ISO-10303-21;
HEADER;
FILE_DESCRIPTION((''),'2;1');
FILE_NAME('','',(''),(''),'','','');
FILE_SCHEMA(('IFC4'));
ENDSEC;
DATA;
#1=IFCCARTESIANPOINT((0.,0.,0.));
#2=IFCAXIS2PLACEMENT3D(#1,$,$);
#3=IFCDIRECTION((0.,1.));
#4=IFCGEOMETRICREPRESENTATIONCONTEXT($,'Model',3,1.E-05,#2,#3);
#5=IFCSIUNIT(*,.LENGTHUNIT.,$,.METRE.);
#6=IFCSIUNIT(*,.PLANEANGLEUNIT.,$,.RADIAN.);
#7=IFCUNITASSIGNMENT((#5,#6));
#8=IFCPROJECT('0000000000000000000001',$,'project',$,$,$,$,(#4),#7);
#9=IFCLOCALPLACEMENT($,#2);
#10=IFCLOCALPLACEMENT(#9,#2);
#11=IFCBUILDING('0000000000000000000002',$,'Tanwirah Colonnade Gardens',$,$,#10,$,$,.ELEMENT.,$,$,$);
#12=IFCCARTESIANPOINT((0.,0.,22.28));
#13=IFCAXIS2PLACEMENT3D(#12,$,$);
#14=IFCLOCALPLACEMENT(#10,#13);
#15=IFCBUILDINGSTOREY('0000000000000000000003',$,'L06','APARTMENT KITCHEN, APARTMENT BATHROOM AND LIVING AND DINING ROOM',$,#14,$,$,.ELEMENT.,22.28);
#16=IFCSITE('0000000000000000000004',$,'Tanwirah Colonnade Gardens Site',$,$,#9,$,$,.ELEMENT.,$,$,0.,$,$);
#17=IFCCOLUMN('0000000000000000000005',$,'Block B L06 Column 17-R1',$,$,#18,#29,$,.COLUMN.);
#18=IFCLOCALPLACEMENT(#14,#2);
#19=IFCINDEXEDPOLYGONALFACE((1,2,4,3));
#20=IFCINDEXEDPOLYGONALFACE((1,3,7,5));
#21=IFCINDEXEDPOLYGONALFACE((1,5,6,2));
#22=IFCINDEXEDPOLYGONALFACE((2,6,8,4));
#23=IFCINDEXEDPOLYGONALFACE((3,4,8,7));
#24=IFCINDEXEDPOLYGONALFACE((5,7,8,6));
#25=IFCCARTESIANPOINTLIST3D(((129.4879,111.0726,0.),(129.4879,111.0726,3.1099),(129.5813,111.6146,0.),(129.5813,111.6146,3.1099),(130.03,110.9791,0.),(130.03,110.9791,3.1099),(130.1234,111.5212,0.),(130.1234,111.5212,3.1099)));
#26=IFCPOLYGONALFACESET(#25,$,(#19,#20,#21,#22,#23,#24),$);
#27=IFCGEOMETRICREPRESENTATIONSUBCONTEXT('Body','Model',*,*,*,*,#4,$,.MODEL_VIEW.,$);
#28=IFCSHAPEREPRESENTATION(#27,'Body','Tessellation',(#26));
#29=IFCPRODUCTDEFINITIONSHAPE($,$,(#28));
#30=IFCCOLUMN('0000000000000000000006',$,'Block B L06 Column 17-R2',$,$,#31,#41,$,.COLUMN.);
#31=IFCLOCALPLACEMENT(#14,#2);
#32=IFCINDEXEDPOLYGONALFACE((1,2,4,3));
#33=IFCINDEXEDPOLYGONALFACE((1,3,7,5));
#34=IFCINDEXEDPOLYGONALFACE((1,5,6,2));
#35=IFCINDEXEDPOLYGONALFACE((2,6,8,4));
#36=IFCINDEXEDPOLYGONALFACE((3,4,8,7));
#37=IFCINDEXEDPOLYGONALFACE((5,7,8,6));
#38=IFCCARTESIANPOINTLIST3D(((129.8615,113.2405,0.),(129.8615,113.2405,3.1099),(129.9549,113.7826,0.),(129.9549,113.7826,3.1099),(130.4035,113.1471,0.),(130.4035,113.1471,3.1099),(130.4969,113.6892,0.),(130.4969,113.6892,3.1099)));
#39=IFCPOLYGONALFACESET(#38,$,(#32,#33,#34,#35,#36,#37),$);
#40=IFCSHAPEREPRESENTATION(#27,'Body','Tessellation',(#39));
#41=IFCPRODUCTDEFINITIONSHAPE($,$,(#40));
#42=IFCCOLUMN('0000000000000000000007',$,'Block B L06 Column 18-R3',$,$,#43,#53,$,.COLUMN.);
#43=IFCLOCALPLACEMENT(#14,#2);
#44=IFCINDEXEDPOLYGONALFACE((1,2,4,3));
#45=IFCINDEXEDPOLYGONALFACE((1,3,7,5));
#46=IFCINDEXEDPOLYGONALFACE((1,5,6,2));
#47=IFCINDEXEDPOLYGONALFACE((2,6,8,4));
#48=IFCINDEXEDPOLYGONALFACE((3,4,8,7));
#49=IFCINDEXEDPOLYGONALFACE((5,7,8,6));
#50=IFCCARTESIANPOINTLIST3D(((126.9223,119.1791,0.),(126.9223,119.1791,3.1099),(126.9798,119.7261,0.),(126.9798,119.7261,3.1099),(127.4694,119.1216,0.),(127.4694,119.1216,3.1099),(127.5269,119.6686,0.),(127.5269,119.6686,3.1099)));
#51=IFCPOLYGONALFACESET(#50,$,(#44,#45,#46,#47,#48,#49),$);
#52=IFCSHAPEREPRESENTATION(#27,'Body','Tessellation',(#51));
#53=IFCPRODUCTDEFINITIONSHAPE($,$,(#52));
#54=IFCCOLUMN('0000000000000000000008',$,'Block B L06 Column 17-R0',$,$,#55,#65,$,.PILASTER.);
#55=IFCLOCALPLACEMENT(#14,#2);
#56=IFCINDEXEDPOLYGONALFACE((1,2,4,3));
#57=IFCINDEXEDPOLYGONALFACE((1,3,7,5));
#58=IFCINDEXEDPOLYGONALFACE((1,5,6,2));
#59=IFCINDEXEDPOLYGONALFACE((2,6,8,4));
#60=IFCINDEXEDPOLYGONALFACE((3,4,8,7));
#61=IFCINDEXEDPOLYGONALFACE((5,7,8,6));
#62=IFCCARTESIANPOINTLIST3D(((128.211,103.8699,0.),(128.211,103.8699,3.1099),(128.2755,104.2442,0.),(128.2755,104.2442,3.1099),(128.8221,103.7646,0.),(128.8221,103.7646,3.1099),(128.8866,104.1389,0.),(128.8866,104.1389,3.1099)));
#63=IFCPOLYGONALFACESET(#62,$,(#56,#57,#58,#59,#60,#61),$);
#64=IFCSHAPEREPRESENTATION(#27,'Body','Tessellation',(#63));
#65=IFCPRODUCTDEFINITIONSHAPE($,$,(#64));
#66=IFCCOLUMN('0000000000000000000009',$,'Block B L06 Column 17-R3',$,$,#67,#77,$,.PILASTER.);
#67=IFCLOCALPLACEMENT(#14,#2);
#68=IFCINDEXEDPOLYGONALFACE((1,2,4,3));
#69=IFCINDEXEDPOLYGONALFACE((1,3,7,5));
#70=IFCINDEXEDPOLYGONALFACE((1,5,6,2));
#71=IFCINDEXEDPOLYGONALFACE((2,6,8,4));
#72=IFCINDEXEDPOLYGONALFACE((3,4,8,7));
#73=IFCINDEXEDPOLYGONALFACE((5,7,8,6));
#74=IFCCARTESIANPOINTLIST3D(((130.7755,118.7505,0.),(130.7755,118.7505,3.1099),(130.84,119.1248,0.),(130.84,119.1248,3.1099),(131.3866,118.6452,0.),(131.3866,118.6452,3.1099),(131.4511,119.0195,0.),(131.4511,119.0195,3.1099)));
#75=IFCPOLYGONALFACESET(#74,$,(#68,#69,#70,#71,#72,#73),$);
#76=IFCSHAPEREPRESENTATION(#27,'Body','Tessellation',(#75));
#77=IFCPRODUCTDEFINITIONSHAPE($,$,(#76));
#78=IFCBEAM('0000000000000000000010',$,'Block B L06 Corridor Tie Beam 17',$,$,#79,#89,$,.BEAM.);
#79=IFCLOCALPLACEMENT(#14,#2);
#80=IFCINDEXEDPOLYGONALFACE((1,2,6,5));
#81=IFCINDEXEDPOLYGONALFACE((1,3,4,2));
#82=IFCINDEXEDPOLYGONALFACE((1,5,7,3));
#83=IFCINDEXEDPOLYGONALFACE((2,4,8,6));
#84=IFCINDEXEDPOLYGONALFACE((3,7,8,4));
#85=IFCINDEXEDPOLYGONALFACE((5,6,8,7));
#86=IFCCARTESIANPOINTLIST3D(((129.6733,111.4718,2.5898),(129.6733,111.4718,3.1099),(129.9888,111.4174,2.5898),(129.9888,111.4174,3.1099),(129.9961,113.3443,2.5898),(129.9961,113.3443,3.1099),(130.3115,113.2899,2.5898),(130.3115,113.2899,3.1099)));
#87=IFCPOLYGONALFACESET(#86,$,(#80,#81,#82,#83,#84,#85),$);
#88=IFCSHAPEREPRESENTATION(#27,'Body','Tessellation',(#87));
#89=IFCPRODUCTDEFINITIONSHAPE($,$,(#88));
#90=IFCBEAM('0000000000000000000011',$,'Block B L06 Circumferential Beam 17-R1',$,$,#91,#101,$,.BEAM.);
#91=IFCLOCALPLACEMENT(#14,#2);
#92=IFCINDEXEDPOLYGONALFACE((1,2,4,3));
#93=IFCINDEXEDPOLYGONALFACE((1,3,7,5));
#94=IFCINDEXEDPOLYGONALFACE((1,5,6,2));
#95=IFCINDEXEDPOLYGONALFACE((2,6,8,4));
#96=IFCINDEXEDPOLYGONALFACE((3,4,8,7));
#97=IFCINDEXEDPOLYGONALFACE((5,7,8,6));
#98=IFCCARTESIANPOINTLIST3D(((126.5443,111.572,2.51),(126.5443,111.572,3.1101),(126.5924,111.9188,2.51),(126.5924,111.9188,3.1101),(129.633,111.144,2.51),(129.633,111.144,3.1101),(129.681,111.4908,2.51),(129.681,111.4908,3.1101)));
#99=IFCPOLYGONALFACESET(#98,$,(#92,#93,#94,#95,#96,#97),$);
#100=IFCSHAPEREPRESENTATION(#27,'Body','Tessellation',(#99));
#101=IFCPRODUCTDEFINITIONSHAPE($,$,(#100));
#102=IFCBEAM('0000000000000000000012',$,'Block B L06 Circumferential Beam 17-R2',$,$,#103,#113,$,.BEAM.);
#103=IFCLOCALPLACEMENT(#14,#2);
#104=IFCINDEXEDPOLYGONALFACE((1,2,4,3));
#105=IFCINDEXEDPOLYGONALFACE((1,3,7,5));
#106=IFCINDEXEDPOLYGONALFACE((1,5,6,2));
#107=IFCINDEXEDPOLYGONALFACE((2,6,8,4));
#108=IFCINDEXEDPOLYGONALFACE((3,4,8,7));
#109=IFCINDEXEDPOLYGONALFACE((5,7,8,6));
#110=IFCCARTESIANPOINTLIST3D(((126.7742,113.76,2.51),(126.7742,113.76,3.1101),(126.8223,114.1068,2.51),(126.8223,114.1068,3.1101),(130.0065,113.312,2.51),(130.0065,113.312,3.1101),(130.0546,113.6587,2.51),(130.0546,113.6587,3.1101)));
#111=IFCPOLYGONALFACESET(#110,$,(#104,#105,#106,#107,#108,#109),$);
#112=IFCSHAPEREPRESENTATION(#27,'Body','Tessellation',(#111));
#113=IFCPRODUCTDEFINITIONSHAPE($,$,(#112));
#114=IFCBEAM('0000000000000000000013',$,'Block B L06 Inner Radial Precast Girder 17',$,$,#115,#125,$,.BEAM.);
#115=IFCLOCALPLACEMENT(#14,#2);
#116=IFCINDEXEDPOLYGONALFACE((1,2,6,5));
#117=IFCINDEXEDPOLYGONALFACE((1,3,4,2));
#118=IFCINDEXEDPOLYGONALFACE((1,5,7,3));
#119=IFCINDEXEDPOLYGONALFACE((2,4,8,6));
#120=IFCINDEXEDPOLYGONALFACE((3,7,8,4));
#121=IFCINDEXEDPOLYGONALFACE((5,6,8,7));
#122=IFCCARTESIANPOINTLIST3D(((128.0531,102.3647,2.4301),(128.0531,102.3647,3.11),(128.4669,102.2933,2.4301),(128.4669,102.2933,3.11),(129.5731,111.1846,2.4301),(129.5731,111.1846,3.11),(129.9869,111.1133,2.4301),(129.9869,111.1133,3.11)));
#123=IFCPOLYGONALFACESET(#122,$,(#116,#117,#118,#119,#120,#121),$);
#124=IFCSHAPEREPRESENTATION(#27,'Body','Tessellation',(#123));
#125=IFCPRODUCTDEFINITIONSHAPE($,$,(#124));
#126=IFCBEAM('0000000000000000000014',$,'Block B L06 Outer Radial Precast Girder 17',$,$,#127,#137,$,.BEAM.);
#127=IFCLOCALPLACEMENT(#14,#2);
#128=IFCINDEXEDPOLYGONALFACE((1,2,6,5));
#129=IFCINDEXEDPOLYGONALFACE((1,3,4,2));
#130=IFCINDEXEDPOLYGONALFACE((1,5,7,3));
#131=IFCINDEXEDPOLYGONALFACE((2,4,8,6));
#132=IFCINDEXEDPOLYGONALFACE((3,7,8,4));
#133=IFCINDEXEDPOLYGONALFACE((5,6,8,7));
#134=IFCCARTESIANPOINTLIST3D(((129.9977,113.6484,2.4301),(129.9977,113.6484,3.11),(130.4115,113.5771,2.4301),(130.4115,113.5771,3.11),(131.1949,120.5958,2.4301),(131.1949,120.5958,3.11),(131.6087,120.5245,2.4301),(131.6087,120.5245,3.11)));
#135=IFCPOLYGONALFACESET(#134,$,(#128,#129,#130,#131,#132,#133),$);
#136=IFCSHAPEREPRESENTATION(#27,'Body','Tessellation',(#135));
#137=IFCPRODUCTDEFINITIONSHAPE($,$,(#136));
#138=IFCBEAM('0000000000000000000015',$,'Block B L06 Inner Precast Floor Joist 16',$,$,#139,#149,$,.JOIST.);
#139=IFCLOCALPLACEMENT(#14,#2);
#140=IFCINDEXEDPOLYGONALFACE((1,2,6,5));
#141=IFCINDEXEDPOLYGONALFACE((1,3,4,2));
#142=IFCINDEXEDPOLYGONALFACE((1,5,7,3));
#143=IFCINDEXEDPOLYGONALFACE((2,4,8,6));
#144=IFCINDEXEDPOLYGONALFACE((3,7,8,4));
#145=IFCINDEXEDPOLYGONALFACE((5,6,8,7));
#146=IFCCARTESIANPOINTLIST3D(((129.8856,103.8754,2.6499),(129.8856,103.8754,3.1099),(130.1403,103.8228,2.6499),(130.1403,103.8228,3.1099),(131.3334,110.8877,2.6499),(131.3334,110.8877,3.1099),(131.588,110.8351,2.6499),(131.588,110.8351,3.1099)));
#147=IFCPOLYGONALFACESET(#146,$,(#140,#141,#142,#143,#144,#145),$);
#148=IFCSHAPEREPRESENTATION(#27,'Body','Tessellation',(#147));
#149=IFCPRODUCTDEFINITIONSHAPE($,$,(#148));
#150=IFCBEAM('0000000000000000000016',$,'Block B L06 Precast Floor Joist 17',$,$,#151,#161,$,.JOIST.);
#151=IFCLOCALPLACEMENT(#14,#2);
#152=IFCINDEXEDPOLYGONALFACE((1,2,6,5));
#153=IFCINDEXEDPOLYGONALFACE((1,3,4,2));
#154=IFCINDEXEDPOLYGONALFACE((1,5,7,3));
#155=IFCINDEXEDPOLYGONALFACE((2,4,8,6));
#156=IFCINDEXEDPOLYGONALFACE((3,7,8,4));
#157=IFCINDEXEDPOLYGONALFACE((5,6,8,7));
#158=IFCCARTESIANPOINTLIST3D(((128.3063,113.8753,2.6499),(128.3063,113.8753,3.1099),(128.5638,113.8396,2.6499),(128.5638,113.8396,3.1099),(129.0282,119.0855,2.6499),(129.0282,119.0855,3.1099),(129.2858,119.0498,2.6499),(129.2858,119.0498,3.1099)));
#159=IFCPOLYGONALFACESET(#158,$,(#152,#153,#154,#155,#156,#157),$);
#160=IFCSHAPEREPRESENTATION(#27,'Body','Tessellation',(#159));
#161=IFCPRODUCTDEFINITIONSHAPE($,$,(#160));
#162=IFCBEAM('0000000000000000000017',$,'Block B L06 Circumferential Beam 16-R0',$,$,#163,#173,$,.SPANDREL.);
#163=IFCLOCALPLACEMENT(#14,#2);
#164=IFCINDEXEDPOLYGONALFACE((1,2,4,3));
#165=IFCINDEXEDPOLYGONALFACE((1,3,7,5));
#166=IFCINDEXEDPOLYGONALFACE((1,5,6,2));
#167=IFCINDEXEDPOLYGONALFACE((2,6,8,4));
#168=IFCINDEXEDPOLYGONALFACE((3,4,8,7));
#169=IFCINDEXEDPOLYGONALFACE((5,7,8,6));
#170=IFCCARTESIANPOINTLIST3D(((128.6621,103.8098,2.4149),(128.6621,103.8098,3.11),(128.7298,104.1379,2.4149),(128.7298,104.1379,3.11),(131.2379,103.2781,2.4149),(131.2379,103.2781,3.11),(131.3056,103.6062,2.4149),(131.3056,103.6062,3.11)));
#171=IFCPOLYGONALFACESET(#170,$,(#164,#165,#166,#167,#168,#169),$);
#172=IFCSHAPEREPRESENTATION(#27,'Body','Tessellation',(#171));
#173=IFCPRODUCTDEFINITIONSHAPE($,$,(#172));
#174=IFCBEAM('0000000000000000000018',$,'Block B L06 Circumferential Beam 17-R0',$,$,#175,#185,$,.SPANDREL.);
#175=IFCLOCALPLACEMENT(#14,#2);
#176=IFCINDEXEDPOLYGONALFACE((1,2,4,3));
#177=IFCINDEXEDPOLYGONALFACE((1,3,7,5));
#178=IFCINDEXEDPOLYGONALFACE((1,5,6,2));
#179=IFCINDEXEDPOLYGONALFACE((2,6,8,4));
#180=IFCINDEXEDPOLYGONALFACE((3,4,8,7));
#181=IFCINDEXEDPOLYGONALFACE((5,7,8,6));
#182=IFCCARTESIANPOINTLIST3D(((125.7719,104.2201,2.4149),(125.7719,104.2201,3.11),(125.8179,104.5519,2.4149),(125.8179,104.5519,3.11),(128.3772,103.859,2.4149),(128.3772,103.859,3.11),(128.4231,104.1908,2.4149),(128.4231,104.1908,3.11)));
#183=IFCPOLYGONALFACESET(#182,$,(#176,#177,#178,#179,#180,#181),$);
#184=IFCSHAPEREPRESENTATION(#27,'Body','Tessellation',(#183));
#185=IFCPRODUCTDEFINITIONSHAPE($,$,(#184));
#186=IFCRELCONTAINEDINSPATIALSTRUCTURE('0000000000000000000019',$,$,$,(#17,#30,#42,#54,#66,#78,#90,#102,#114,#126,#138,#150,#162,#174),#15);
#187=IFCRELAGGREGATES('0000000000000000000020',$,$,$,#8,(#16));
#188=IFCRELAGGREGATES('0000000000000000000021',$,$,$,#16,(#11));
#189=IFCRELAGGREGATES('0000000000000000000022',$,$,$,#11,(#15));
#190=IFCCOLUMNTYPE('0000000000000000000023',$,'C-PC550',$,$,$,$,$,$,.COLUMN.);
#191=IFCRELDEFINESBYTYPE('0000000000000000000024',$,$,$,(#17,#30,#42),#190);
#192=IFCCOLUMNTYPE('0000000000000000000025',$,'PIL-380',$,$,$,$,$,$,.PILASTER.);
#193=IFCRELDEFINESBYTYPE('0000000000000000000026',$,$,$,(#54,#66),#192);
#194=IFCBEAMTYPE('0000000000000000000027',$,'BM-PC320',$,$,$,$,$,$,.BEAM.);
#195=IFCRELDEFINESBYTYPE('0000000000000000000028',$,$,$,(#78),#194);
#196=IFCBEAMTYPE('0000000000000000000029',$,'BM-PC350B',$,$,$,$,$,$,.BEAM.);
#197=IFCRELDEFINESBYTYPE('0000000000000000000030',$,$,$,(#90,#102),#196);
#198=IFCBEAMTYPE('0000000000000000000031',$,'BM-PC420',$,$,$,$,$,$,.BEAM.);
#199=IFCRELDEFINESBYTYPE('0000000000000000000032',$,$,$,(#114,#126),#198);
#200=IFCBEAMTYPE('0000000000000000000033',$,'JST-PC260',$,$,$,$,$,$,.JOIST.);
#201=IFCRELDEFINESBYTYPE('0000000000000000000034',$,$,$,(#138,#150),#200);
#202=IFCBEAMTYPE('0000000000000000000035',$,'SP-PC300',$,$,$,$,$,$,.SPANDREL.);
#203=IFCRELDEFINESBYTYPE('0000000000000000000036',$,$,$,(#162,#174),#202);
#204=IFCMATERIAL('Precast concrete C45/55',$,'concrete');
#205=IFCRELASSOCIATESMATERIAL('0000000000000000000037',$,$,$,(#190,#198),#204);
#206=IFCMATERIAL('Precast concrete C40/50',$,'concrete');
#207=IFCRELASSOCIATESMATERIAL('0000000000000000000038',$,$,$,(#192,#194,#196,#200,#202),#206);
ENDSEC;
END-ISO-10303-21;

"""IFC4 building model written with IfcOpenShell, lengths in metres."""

from ifc_helpers import new_model, si_unit, direction, frame, origin, origin_2d, place, context, subcontext, project, spatial, rectangle, extrude, material, material_profile, profile_set, type_object, element, save


model = new_model("IFC4")

# Units and contexts
model_context = context("Model", 3, precision=1e-05, world=origin(), true_north=direction((0.0, 1.0)))
body_context = subcontext(model_context, "Body", "Model", "MODEL_VIEW")
ifc_project = project(units=[si_unit("LENGTHUNIT", "METRE"), si_unit("PLANEANGLEUNIT", "RADIAN")], contexts=[model_context])

# Site, building, storey
site_placement = place(None, origin())
site = spatial("IfcSite", under=ifc_project, at=site_placement, Name="Tanwirah Colonnade Gardens Site", CompositionType="ELEMENT", RefElevation=0.0)
building_placement = place(site_placement, origin())
building = spatial("IfcBuilding", under=site, at=building_placement, Name="Tanwirah Colonnade Gardens", CompositionType="ELEMENT")
storey_placement = place(building_placement, frame((0.0, 0.0, 22.28)))
storey = spatial("IfcBuildingStorey", under=building, at=storey_placement, Name="L06", Description="APARTMENT KITCHEN, APARTMENT BATHROOM AND LIVING AND DINING ROOM", CompositionType="ELEMENT", Elevation=22.28)

# Columns
ifc_material_1 = material(Name="Precast concrete C45/55", Category="concrete")
ifc_material_profile_1 = material_profile(ifc_material_1, rectangle(XDim=0.55, YDim=0.55, at=origin_2d()), Name="PC-COL 550x550")
ifc_profile_set_1 = profile_set([ifc_material_profile_1], Name="Precast concrete C45/55")
column_type_1 = type_object("IfcColumnType", Name="C-PC550", PredefinedType="COLUMN", material=ifc_profile_set_1)
for number, where, z_axis, x_axis, name in (
    (1, (129.8057, 111.2969, 0.0), (0.0, 0.0, 1.0), (0.169827, 0.985474, 0.0), "Block B L06 Column 17-R1"),
    (2, (130.1792, 113.4648, 0.0), (0.0, 0.0, 1.0), (0.169827, 0.985474, 0.0), "Block B L06 Column 17-R2"),
    (3, (127.2246, 119.4238, 0.0), (0.0, 0.0, 1.0), (0.104528, 0.994522, 0.0), "Block B L06 Column 18-R3"),
):
    element("IfcColumn", number, at=place(storey_placement, frame(where, z_axis=z_axis, x_axis=x_axis)), inside=storey, type_object=column_type_1, Name=name, PredefinedType="COLUMN", context=body_context, shape_type="SweptSolid", body=[
        extrude(rectangle(XDim=0.55, YDim=0.55, at=origin_2d()), origin(), (0.0, 0.0, 1.0), 3.1099),
    ])
ifc_material_2 = material(Name="Precast concrete C40/50", Category="concrete")
ifc_material_profile_2 = material_profile(ifc_material_2, rectangle(XDim=0.3799, YDim=0.6201, at=origin_2d()), Name="PC-PIL 380x620")
ifc_profile_set_2 = profile_set([ifc_material_profile_2], Name="Precast concrete C40/50")
column_type_2 = type_object("IfcColumnType", Name="PIL-380", PredefinedType="PILASTER", material=ifc_profile_set_2)
for number, where, z_axis, x_axis, name in (
    (4, (128.5488, 104.0044, 0.0), (0.0, 0.0, 1.0), (0.169827, 0.985474, 0.0), "Block B L06 Column 17-R0"),
    (5, (131.1133, 118.885, 0.0), (0.0, 0.0, 1.0), (0.169827, 0.985474, 0.0), "Block B L06 Column 17-R3"),
):
    element("IfcColumn", number, at=place(storey_placement, frame(where, z_axis=z_axis, x_axis=x_axis)), inside=storey, type_object=column_type_2, Name=name, PredefinedType="PILASTER", context=body_context, shape_type="SweptSolid", body=[
        extrude(rectangle(XDim=0.3799, YDim=0.6201, at=origin_2d()), origin(), (0.0, 0.0, 1.0), 3.1099),
    ])

# Beams
ifc_material_profile_3 = material_profile(ifc_material_2, rectangle(XDim=0.3201, YDim=0.52, at=origin_2d()), Name="PC-BM 320x520")
ifc_profile_set_3 = profile_set([ifc_material_profile_3], Name="Precast concrete C40/50")
beam_type_1 = type_object("IfcBeamType", Name="BM-PC320", PredefinedType="BEAM", material=ifc_profile_set_3)
beam_1_placement = place(storey_placement, frame((129.8311, 111.4446, 2.8499), z_axis=(0.169855, 0.985469, 0.0), x_axis=(-0.985469, 0.169855, 0.0)))
element("IfcBeam", 6, at=beam_1_placement, inside=storey, type_object=beam_type_1, Name="Block B L06 Corridor Tie Beam 17", PredefinedType="BEAM", context=body_context, shape_type="SweptSolid", body=[
    extrude(rectangle(XDim=0.3201, YDim=0.52, at=origin_2d()), origin(), (0.0, 0.0, 1.0), 1.9001),
])
ifc_material_profile_4 = material_profile(ifc_material_2, rectangle(XDim=0.3501, YDim=0.6001, at=origin_2d()), Name="PC-BM 350x600")
ifc_profile_set_4 = profile_set([ifc_material_profile_4], Name="Precast concrete C40/50")
beam_type_2 = type_object("IfcBeamType", Name="BM-PC350B", PredefinedType="BEAM", material=ifc_profile_set_4)
beam_2_placement = place(storey_placement, frame((129.657, 111.3174, 2.8101), z_axis=(-0.990536, 0.137255, 0.0), x_axis=(-0.137255, -0.990536, 0.0)))
element("IfcBeam", 7, at=beam_2_placement, inside=storey, type_object=beam_type_2, Name="Block B L06 Circumferential Beam 17-R1", PredefinedType="BEAM", context=body_context, shape_type="SweptSolid", body=[
    extrude(rectangle(XDim=0.3501, YDim=0.6001, at=origin_2d()), origin(), (0.0, 0.0, 1.0), 3.1182),
])
beam_3_placement = place(storey_placement, frame((130.0305, 113.4854, 2.8101), z_axis=(-0.99053, 0.137293, 0.0), x_axis=(-0.137293, -0.99053, 0.0)))
element("IfcBeam", 8, at=beam_3_placement, inside=storey, type_object=beam_type_2, Name="Block B L06 Circumferential Beam 17-R2", PredefinedType="BEAM", context=body_context, shape_type="SweptSolid", body=[
    extrude(rectangle(XDim=0.3501, YDim=0.6001, at=origin_2d()), origin(), (0.0, 0.0, 1.0), 3.2632),
])
ifc_material_profile_5 = material_profile(ifc_material_1, rectangle(XDim=0.4199, YDim=0.6799, at=origin_2d()), Name="PC-BM 420x680")
ifc_profile_set_5 = profile_set([ifc_material_profile_5], Name="Precast concrete C45/55")
beam_type_3 = type_object("IfcBeamType", Name="BM-PC420", PredefinedType="BEAM", material=ifc_profile_set_5)
beam_4_placement = place(storey_placement, frame((129.78, 111.1489, 2.77), z_axis=(-0.169837, -0.985472, 0.0), x_axis=(0.985472, -0.169837, 0.0)))
element("IfcBeam", 9, at=beam_4_placement, inside=storey, type_object=beam_type_3, Name="Block B L06 Inner Radial Precast Girder 17", PredefinedType="BEAM", context=body_context, shape_type="SweptSolid", body=[
    extrude(rectangle(XDim=0.4199, YDim=0.6799, at=origin_2d()), origin(), (0.0, 0.0, 1.0), 8.95),
])
beam_5_placement = place(storey_placement, frame((130.2046, 113.6128, 2.77), z_axis=(0.169827, 0.985474, 0.0), x_axis=(-0.985474, 0.169827, 0.0)))
element("IfcBeam", 10, at=beam_5_placement, inside=storey, type_object=beam_type_3, Name="Block B L06 Outer Radial Precast Girder 17", PredefinedType="BEAM", context=body_context, shape_type="SweptSolid", body=[
    extrude(rectangle(XDim=0.4199, YDim=0.6799, at=origin_2d()), origin(), (0.0, 0.0, 1.0), 7.0498),
])
ifc_material_profile_6 = material_profile(ifc_material_2, rectangle(XDim=0.26, YDim=0.46, at=origin_2d()), Name="PC-JST 260x460")
ifc_profile_set_6 = profile_set([ifc_material_profile_6], Name="Precast concrete C40/50")
beam_type_4 = type_object("IfcBeamType", Name="JST-PC260", PredefinedType="JOIST", material=ifc_profile_set_6)
beam_6_placement = place(storey_placement, frame((130.0129, 103.8491, 2.8799), z_axis=(0.202197, 0.979345, 0.0), x_axis=(-0.979345, 0.202197, 0.0)))
element("IfcBeam", 11, at=beam_6_placement, inside=storey, type_object=beam_type_4, Name="Block B L06 Inner Precast Floor Joist 16", PredefinedType="JOIST", context=body_context, shape_type="SweptSolid", body=[
    extrude(rectangle(XDim=0.26, YDim=0.46, at=origin_2d()), origin(), (0.0, 0.0, 1.0), 7.1602),
])
beam_7_placement = place(storey_placement, frame((128.4351, 113.8574, 2.8799), z_axis=(0.137248, 0.990537, 0.0), x_axis=(-0.990537, 0.137248, 0.0)))
element("IfcBeam", 12, at=beam_7_placement, inside=storey, type_object=beam_type_4, Name="Block B L06 Precast Floor Joist 17", PredefinedType="JOIST", context=body_context, shape_type="SweptSolid", body=[
    extrude(rectangle(XDim=0.26, YDim=0.46, at=origin_2d()), origin(), (0.0, 0.0, 1.0), 5.26),
])
ifc_material_profile_7 = material_profile(ifc_material_2, rectangle(XDim=0.335, YDim=0.6951, at=origin_2d()), Name="PC-SP 335x695")
ifc_profile_set_7 = profile_set([ifc_material_profile_7], Name="Precast concrete C40/50")
beam_type_5 = type_object("IfcBeamType", Name="SP-PC300", PredefinedType="SPANDREL", material=ifc_profile_set_7)
for number, where, z_axis, x_axis, name in (
    (13, (131.2717, 103.4421, 2.7625), (-0.979352, 0.202164, 0.0), (-0.202164, -0.979352, 0.0), "Block B L06 Circumferential Beam 16-R0"),
    (14, (128.4001, 104.0249, 2.7625), (-0.990531, 0.137288, 0.0), (-0.137288, -0.990531, 0.0), "Block B L06 Circumferential Beam 17-R0"),
):
    element("IfcBeam", number, at=place(storey_placement, frame(where, z_axis=z_axis, x_axis=x_axis)), inside=storey, type_object=beam_type_5, Name=name, PredefinedType="SPANDREL", context=body_context, shape_type="SweptSolid", body=[
        extrude(rectangle(XDim=0.335, YDim=0.6951, at=origin_2d()), origin(), (0.0, 0.0, 1.0), 2.6301),
    ])

save(model, "model.ifc")
